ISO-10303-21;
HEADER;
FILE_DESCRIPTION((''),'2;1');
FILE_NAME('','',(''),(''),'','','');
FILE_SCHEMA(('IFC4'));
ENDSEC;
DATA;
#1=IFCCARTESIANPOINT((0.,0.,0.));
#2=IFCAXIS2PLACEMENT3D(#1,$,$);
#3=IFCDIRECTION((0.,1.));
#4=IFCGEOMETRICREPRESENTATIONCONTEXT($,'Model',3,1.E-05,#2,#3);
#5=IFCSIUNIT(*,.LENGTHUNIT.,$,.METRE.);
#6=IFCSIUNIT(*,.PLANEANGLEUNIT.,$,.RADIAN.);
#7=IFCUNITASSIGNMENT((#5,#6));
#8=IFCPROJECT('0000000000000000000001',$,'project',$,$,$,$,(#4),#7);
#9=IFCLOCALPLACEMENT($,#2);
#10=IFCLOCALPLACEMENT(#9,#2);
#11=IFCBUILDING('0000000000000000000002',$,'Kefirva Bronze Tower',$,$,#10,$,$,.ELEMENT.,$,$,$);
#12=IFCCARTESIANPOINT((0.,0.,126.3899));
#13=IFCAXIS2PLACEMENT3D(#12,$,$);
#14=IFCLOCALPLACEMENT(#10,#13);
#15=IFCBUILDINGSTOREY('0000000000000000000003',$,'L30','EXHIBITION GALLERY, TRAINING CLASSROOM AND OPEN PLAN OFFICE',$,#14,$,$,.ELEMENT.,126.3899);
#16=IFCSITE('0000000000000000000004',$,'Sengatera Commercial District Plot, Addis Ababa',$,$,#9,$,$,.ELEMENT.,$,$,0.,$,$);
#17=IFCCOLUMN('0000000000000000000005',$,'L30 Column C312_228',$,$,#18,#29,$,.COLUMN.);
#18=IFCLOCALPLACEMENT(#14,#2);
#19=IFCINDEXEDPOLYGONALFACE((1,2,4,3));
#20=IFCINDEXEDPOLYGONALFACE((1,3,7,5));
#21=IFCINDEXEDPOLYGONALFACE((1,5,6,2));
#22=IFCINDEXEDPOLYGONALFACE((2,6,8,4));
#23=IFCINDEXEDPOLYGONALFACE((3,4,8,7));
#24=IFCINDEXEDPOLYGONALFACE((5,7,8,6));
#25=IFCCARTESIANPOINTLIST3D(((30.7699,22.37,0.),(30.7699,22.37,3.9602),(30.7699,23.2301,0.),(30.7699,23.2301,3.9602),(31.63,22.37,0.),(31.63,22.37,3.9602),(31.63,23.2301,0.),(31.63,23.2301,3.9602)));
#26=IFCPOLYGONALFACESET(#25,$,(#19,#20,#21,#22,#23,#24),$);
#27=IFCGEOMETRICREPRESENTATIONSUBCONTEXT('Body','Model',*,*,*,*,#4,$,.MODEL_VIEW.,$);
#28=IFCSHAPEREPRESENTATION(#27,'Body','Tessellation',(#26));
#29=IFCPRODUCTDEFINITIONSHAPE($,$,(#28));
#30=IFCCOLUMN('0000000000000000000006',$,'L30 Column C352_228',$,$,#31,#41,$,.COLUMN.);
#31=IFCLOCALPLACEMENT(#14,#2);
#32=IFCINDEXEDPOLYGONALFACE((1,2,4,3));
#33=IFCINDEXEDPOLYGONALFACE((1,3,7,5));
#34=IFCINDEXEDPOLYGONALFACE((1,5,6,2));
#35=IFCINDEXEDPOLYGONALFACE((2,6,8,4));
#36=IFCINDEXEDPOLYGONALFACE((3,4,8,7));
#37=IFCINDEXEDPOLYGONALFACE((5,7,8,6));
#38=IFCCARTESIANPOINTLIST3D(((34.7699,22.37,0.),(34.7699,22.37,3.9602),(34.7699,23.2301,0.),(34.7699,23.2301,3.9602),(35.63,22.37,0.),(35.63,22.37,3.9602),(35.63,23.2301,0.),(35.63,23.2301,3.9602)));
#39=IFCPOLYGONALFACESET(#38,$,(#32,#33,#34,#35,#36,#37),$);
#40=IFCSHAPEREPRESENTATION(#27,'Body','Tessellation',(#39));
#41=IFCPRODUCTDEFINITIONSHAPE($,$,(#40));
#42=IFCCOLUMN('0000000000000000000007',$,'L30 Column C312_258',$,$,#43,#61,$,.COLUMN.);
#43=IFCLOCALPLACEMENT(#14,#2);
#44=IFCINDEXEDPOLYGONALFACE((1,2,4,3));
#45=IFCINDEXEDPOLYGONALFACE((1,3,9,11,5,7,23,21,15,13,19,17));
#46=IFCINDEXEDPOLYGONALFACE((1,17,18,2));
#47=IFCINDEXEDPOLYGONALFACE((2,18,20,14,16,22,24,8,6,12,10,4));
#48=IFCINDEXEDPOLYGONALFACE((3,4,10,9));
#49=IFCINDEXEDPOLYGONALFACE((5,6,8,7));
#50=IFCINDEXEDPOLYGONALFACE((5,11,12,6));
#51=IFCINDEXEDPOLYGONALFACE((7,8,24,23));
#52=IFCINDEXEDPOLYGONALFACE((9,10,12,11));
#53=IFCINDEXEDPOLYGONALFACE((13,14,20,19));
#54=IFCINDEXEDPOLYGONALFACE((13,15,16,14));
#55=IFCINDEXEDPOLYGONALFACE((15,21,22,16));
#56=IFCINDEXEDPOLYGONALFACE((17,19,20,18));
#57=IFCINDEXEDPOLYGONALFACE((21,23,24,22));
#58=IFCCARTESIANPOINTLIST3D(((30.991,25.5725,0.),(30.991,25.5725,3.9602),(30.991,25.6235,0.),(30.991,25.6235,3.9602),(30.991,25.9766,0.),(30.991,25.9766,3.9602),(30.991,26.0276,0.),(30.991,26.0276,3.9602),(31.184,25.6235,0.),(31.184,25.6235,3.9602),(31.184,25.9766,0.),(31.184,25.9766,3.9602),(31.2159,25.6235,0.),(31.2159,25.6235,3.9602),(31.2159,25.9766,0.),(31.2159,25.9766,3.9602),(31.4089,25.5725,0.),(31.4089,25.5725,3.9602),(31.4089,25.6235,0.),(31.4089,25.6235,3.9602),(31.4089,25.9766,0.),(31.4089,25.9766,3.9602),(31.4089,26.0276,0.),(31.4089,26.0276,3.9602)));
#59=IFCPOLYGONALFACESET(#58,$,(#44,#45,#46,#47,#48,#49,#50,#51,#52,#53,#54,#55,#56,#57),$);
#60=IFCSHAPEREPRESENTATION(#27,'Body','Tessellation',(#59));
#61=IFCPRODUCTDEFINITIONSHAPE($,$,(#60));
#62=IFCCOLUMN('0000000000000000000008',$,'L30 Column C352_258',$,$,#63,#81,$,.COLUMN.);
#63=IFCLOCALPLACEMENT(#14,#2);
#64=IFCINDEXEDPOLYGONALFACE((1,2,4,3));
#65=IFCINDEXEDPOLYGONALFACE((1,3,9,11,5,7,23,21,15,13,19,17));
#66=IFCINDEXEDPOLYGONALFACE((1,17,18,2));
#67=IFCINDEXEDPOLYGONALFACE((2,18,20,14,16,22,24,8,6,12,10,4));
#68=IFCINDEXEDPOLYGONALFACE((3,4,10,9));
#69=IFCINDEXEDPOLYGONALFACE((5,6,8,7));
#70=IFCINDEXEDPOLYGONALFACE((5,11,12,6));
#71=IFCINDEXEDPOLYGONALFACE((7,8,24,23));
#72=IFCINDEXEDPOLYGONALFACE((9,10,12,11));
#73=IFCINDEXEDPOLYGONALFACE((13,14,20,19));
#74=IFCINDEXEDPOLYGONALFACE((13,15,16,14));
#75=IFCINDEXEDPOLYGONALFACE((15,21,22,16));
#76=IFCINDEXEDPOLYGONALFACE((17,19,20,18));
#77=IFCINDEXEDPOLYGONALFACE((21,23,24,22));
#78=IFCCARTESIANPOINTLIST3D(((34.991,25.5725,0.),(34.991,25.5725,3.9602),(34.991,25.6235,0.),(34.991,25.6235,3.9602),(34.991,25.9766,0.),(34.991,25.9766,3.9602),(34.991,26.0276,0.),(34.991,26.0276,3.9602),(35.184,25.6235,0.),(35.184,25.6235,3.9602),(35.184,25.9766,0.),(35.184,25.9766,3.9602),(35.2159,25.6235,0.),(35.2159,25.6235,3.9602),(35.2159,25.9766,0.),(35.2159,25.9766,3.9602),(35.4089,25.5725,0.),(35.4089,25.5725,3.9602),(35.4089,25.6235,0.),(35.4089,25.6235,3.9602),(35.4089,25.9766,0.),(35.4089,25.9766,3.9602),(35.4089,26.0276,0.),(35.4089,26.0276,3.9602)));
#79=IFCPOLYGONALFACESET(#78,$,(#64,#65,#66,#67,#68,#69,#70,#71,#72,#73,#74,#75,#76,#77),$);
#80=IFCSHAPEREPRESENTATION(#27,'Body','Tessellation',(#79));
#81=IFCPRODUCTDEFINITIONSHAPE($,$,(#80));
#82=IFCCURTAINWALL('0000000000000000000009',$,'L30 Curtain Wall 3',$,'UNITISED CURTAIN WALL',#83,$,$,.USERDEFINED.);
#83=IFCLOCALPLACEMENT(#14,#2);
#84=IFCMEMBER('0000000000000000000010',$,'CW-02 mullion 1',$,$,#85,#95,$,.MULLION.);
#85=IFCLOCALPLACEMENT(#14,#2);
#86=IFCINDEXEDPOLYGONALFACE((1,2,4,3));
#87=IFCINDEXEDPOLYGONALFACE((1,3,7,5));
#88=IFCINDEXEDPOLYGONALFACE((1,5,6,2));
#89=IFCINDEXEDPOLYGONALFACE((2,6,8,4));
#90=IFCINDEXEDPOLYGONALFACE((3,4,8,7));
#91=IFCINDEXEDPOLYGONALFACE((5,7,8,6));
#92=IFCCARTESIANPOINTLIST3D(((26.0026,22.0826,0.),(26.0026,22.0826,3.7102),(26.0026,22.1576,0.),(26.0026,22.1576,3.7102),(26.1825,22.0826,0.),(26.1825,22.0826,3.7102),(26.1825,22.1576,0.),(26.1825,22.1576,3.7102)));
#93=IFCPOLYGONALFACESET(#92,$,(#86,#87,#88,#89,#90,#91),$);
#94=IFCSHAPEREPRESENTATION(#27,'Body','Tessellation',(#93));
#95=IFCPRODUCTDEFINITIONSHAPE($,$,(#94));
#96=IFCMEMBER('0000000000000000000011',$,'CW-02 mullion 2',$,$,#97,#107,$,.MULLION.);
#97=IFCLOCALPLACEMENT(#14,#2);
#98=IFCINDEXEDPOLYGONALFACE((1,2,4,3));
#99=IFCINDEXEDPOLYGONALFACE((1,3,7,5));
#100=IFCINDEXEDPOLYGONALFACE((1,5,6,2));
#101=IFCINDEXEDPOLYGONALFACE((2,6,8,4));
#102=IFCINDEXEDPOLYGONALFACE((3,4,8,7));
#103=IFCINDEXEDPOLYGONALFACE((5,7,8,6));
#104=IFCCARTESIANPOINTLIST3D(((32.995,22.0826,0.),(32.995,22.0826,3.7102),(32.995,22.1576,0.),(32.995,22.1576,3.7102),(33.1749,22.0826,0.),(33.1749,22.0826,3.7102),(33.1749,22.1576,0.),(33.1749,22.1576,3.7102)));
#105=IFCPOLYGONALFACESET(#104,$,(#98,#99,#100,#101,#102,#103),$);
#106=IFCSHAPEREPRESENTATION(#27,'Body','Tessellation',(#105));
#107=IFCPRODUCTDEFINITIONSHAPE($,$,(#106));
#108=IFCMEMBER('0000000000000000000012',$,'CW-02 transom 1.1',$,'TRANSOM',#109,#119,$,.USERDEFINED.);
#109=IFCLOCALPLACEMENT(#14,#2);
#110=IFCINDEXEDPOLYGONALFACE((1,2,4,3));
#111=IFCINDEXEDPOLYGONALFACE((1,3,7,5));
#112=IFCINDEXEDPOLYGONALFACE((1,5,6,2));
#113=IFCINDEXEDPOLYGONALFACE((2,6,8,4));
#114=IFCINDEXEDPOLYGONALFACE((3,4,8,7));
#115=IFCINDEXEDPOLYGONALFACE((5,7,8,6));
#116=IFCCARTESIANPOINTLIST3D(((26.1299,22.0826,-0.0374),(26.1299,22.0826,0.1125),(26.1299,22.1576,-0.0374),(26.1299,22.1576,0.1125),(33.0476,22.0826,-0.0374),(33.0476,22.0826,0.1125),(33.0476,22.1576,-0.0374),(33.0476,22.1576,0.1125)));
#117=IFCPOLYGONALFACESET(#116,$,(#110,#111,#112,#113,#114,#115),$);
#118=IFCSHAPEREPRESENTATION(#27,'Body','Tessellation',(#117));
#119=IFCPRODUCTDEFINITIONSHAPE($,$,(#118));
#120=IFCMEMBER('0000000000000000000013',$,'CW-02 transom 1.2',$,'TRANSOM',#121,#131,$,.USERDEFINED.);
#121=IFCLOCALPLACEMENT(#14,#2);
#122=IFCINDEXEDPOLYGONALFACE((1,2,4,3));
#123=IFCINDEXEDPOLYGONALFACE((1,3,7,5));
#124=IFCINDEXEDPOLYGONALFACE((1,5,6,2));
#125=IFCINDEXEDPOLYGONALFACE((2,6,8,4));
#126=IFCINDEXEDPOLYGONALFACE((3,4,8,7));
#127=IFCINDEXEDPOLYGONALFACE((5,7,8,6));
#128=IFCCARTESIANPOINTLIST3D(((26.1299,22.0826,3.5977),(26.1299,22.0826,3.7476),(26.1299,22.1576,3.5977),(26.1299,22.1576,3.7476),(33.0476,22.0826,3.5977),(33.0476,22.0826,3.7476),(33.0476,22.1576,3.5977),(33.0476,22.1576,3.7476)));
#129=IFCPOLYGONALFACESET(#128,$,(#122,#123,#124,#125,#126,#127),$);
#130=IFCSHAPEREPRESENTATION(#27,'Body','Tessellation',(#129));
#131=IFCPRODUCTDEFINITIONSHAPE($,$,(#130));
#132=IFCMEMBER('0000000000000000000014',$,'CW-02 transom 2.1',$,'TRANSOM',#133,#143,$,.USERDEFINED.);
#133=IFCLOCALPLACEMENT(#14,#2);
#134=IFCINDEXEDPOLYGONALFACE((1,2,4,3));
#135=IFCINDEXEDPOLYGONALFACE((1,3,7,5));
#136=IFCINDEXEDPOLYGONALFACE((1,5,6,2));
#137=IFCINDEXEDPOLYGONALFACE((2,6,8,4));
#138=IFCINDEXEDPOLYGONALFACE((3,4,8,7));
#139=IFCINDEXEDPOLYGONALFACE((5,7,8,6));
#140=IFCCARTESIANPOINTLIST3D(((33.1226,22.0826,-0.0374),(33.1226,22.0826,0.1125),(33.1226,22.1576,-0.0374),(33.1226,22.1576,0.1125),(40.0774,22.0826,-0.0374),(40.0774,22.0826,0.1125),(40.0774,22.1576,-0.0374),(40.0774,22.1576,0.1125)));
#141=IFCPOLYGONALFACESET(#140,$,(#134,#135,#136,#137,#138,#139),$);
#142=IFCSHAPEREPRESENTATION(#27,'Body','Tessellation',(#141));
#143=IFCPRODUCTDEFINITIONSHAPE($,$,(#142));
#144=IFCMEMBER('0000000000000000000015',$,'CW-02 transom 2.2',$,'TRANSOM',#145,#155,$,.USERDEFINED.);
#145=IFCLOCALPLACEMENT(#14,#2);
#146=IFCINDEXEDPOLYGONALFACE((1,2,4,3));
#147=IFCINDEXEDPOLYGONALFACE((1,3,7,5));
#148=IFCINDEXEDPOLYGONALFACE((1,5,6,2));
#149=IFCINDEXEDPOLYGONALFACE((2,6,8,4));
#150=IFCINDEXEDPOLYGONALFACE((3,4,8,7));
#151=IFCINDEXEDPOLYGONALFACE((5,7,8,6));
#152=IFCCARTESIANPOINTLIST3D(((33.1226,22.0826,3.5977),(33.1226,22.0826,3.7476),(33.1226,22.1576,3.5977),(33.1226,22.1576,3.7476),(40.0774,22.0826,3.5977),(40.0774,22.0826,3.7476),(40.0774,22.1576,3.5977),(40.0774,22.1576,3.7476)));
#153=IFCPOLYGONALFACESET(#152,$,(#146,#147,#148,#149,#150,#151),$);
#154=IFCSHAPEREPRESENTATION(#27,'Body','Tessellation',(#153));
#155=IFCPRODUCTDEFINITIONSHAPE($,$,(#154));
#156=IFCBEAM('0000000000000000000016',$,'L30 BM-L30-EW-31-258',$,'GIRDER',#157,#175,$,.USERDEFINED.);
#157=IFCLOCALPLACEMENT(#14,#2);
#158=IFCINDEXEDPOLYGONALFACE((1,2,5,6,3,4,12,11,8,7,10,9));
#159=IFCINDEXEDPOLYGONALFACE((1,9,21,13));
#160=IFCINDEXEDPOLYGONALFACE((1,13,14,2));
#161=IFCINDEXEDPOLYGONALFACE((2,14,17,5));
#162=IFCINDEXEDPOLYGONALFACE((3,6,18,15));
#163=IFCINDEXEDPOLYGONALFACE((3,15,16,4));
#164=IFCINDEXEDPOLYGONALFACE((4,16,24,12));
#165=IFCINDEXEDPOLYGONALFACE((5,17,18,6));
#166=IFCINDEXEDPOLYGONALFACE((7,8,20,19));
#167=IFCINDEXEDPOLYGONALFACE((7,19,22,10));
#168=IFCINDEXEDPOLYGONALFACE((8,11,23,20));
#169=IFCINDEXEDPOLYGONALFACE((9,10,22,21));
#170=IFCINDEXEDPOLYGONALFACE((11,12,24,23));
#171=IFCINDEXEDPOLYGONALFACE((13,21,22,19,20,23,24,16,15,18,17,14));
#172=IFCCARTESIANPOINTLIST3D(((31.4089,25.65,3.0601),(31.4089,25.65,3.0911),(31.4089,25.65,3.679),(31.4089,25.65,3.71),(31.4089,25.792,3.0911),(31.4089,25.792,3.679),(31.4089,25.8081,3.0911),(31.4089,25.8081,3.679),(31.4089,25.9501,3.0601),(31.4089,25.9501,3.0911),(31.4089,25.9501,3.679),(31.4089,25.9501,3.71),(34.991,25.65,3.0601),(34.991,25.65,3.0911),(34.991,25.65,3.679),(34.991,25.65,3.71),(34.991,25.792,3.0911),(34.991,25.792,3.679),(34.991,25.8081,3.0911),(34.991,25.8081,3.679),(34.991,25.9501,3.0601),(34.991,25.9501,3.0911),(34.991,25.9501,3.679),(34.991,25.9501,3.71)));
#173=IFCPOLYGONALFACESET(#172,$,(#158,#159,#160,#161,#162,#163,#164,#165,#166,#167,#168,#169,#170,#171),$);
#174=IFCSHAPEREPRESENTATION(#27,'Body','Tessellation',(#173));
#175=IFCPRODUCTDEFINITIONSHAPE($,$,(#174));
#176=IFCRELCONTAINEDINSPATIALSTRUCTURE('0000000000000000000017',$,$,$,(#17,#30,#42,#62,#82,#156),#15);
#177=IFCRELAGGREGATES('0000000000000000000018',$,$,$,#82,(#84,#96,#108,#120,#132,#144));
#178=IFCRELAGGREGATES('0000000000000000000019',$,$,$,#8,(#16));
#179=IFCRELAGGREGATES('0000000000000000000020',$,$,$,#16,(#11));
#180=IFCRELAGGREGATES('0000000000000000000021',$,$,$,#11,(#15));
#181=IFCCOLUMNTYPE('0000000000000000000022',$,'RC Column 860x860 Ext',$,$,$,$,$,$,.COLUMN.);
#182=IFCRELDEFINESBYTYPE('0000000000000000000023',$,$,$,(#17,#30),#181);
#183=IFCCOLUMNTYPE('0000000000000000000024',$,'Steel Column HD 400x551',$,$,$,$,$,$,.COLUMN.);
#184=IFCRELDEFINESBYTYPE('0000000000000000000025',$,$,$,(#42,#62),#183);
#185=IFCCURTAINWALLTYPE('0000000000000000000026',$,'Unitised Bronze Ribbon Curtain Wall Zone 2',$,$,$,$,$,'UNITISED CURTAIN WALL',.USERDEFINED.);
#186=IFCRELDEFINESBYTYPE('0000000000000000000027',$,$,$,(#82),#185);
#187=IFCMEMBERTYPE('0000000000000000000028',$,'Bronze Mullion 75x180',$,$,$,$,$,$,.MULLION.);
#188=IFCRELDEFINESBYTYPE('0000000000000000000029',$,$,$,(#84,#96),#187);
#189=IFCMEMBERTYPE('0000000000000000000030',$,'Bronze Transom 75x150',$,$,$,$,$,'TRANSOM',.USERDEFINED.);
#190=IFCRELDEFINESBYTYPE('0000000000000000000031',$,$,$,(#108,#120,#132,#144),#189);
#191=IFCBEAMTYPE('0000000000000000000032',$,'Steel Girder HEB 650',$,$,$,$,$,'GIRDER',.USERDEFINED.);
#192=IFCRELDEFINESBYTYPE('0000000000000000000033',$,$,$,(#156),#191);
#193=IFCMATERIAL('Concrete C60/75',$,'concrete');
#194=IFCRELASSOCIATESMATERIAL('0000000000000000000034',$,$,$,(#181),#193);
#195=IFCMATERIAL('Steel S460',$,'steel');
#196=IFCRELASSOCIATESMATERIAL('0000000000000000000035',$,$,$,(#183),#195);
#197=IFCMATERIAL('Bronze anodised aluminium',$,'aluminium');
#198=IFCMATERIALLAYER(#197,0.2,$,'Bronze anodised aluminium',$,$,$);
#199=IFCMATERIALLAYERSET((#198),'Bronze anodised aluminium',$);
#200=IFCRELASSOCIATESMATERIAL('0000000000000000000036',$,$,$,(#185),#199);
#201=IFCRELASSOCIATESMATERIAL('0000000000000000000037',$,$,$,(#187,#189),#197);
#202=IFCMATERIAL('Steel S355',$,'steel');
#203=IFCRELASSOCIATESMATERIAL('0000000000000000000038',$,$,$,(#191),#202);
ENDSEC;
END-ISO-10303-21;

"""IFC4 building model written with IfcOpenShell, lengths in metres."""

from ifc_helpers import new_model, si_unit, direction, frame, origin, origin_2d, place, context, subcontext, project, spatial, rectangle, i_section, extrude, material, layer, layer_set, material_profile, profile_set, type_object, element, aggregate, save


model = new_model("IFC4")

# Units and contexts
model_context = context("Model", 3, precision=1e-05, world=origin(), true_north=direction((0.0, 1.0)))
body_context = subcontext(model_context, "Body", "Model", "MODEL_VIEW")
ifc_project = project(units=[si_unit("LENGTHUNIT", "METRE"), si_unit("PLANEANGLEUNIT", "RADIAN")], contexts=[model_context])

# Site, building, storey
site_placement = place(None, origin())
site = spatial("IfcSite", under=ifc_project, at=site_placement, Name="Sengatera Commercial District Plot, Addis Ababa", CompositionType="ELEMENT", RefElevation=0.0)
building_placement = place(site_placement, origin())
building = spatial("IfcBuilding", under=site, at=building_placement, Name="Kefirva Bronze Tower", CompositionType="ELEMENT")
storey_placement = place(building_placement, frame((0.0, 0.0, 126.3899)))
storey = spatial("IfcBuildingStorey", under=building, at=storey_placement, Name="L30", Description="EXHIBITION GALLERY, TRAINING CLASSROOM AND OPEN PLAN OFFICE", CompositionType="ELEMENT", Elevation=126.3899)

# Columns
ifc_material_1 = material(Name="Concrete C60/75", Category="concrete")
ifc_material_profile_1 = material_profile(ifc_material_1, rectangle(XDim=0.8601, YDim=0.8601, at=origin_2d()), Name="RC 860x860")
ifc_profile_set_1 = profile_set([ifc_material_profile_1], Name="Concrete C60/75")
column_type_1 = type_object("IfcColumnType", Name="RC Column 860x860 Ext", PredefinedType="COLUMN", material=ifc_profile_set_1)
for number, where, z_axis, x_axis, name in (
    (1, (31.2, 22.8, 0.0), (0.0, 0.0, 1.0), (1.0, 0.0, 0.0), "L30 Column C312_228"),
    (2, (35.2, 22.8, 0.0), (0.0, 0.0, 1.0), (1.0, 0.0, 0.0), "L30 Column C352_228"),
):
    element("IfcColumn", number, at=place(storey_placement, frame(where, z_axis=z_axis, x_axis=x_axis)), inside=storey, type_object=column_type_1, Name=name, PredefinedType="COLUMN", context=body_context, shape_type="SweptSolid", body=[
        extrude(rectangle(XDim=0.8601, YDim=0.8601, at=origin_2d()), origin(), (0.0, 0.0, 1.0), 3.9602),
    ])
ifc_material_2 = material(Name="Steel S460", Category="steel")
ifc_material_profile_2 = material_profile(ifc_material_2, i_section(OverallWidth=0.418, OverallDepth=0.4551, WebThickness=0.032, FlangeThickness=0.051, at=origin_2d()), Name="HD 400x551")
ifc_profile_set_2 = profile_set([ifc_material_profile_2], Name="Steel S460")
column_type_2 = type_object("IfcColumnType", Name="Steel Column HD 400x551", PredefinedType="COLUMN", material=ifc_profile_set_2)
for number, where, z_axis, x_axis, name in (
    (3, (31.2, 25.8, 0.0), (0.0, 0.0, 1.0), (1.0, 0.0, 0.0), "L30 Column C312_258"),
    (4, (35.2, 25.8, 0.0), (0.0, 0.0, 1.0), (1.0, 0.0, 0.0), "L30 Column C352_258"),
):
    element("IfcColumn", number, at=place(storey_placement, frame(where, z_axis=z_axis, x_axis=x_axis)), inside=storey, type_object=column_type_2, Name=name, PredefinedType="COLUMN", context=body_context, shape_type="SweptSolid", body=[
        extrude(i_section(OverallWidth=0.418, OverallDepth=0.4551, WebThickness=0.032, FlangeThickness=0.051, at=origin_2d()), origin(), (0.0, 0.0, 1.0), 3.9602),
    ])

# Curtain wall, members
ifc_material_3 = material(Name="Bronze anodised aluminium", Category="aluminium")
ifc_layer_1 = layer(ifc_material_3, 0.2, Name="Bronze anodised aluminium")
ifc_layer_set_1 = layer_set([ifc_layer_1], Name="Bronze anodised aluminium")
curtain_wall_type = type_object("IfcCurtainWallType", Name="Unitised Bronze Ribbon Curtain Wall Zone 2", ElementType="UNITISED CURTAIN WALL", PredefinedType="USERDEFINED", material=ifc_layer_set_1)
curtain_wall_placement = place(storey_placement, origin())
curtain_wall = element("IfcCurtainWall", 5, at=curtain_wall_placement, inside=storey, type_object=curtain_wall_type, Name="L30 Curtain Wall 3", ObjectType="UNITISED CURTAIN WALL", PredefinedType="USERDEFINED")
ifc_material_profile_3 = material_profile(ifc_material_3, rectangle(XDim=0.075, YDim=0.1799, at=origin_2d()), Name="ALU 75x180")
ifc_profile_set_3 = profile_set([ifc_material_profile_3], Name="Bronze anodised aluminium")
member_type_1 = type_object("IfcMemberType", Name="Bronze Mullion 75x180", PredefinedType="MULLION", material=ifc_profile_set_3)
member_1_placement = place(storey_placement, frame((26.0925, 22.1201, 0.0), z_axis=(0.0, 0.0, 1.0), x_axis=(0.0, 1.0, 0.0)))
member_1 = element("IfcMember", 6, at=member_1_placement, type_object=member_type_1, Name="CW-02 mullion 1", PredefinedType="MULLION", context=body_context, shape_type="SweptSolid", body=[
    extrude(rectangle(XDim=0.075, YDim=0.1799, at=origin_2d()), origin(), (0.0, 0.0, 1.0), 3.7102),
])
member_2_placement = place(storey_placement, frame((33.085, 22.1201, 0.0), z_axis=(0.0, 0.0, 1.0), x_axis=(0.0, 1.0, 0.0)))
member_2 = element("IfcMember", 7, at=member_2_placement, type_object=member_type_1, Name="CW-02 mullion 2", PredefinedType="MULLION", context=body_context, shape_type="SweptSolid", body=[
    extrude(rectangle(XDim=0.075, YDim=0.1799, at=origin_2d()), origin(), (0.0, 0.0, 1.0), 3.7102),
])
ifc_material_profile_4 = material_profile(ifc_material_3, rectangle(XDim=0.075, YDim=0.1499, at=origin_2d()), Name="ALU 75x150")
ifc_profile_set_4 = profile_set([ifc_material_profile_4], Name="Bronze anodised aluminium")
member_type_2 = type_object("IfcMemberType", Name="Bronze Transom 75x150", ElementType="TRANSOM", PredefinedType="USERDEFINED", material=ifc_profile_set_4)
member_3_placement = place(storey_placement, frame((26.1299, 22.1201, 0.0376), z_axis=(1.0, 0.0, 0.0), x_axis=(0.0, 1.0, 0.0)))
member_3 = element("IfcMember", 8, at=member_3_placement, type_object=member_type_2, Name="CW-02 transom 1.1", ObjectType="TRANSOM", PredefinedType="USERDEFINED", context=body_context, shape_type="SweptSolid", body=[
    extrude(rectangle(XDim=0.075, YDim=0.1499, at=origin_2d()), origin(), (0.0, 0.0, 1.0), 6.9177),
])
member_4_placement = place(storey_placement, frame((26.1299, 22.1201, 3.6726), z_axis=(1.0, 0.0, 0.0), x_axis=(0.0, 1.0, 0.0)))
member_4 = element("IfcMember", 9, at=member_4_placement, type_object=member_type_2, Name="CW-02 transom 1.2", ObjectType="TRANSOM", PredefinedType="USERDEFINED", context=body_context, shape_type="SweptSolid", body=[
    extrude(rectangle(XDim=0.075, YDim=0.1499, at=origin_2d()), origin(), (0.0, 0.0, 1.0), 6.9177),
])
member_5_placement = place(storey_placement, frame((33.1226, 22.1201, 0.0376), z_axis=(1.0, 0.0, 0.0), x_axis=(0.0, 1.0, 0.0)))
member_5 = element("IfcMember", 10, at=member_5_placement, type_object=member_type_2, Name="CW-02 transom 2.1", ObjectType="TRANSOM", PredefinedType="USERDEFINED", context=body_context, shape_type="SweptSolid", body=[
    extrude(rectangle(XDim=0.075, YDim=0.1499, at=origin_2d()), origin(), (0.0, 0.0, 1.0), 6.9548),
])
member_6_placement = place(storey_placement, frame((33.1226, 22.1201, 3.6726), z_axis=(1.0, 0.0, 0.0), x_axis=(0.0, 1.0, 0.0)))
member_6 = element("IfcMember", 11, at=member_6_placement, type_object=member_type_2, Name="CW-02 transom 2.2", ObjectType="TRANSOM", PredefinedType="USERDEFINED", context=body_context, shape_type="SweptSolid", body=[
    extrude(rectangle(XDim=0.075, YDim=0.1499, at=origin_2d()), origin(), (0.0, 0.0, 1.0), 6.9548),
])

# Beam
ifc_material_4 = material(Name="Steel S355", Category="steel")
ifc_material_profile_5 = material_profile(ifc_material_4, i_section(OverallWidth=0.3, OverallDepth=0.6499, WebThickness=0.0161, FlangeThickness=0.031, at=origin_2d()), Name="HEB 650")
ifc_profile_set_5 = profile_set([ifc_material_profile_5], Name="Steel S355")
beam_type_1 = type_object("IfcBeamType", Name="Steel Girder HEB 650", ElementType="GIRDER", PredefinedType="USERDEFINED", material=ifc_profile_set_5)
beam_1_placement = place(storey_placement, frame((31.4089, 25.8, 3.385), z_axis=(1.0, 0.0, 0.0), x_axis=(0.0, 1.0, 0.0)))
element("IfcBeam", 12, at=beam_1_placement, inside=storey, type_object=beam_type_1, Name="L30 BM-L30-EW-31-258", ObjectType="GIRDER", PredefinedType="USERDEFINED", context=body_context, shape_type="SweptSolid", body=[
    extrude(i_section(OverallWidth=0.3, OverallDepth=0.6499, WebThickness=0.0161, FlangeThickness=0.031, at=origin_2d()), origin(), (0.0, 0.0, 1.0), 3.582),
])

aggregate(curtain_wall, [member_1, member_2, member_3, member_4, member_5, member_6])

save(model, "model.ifc")
